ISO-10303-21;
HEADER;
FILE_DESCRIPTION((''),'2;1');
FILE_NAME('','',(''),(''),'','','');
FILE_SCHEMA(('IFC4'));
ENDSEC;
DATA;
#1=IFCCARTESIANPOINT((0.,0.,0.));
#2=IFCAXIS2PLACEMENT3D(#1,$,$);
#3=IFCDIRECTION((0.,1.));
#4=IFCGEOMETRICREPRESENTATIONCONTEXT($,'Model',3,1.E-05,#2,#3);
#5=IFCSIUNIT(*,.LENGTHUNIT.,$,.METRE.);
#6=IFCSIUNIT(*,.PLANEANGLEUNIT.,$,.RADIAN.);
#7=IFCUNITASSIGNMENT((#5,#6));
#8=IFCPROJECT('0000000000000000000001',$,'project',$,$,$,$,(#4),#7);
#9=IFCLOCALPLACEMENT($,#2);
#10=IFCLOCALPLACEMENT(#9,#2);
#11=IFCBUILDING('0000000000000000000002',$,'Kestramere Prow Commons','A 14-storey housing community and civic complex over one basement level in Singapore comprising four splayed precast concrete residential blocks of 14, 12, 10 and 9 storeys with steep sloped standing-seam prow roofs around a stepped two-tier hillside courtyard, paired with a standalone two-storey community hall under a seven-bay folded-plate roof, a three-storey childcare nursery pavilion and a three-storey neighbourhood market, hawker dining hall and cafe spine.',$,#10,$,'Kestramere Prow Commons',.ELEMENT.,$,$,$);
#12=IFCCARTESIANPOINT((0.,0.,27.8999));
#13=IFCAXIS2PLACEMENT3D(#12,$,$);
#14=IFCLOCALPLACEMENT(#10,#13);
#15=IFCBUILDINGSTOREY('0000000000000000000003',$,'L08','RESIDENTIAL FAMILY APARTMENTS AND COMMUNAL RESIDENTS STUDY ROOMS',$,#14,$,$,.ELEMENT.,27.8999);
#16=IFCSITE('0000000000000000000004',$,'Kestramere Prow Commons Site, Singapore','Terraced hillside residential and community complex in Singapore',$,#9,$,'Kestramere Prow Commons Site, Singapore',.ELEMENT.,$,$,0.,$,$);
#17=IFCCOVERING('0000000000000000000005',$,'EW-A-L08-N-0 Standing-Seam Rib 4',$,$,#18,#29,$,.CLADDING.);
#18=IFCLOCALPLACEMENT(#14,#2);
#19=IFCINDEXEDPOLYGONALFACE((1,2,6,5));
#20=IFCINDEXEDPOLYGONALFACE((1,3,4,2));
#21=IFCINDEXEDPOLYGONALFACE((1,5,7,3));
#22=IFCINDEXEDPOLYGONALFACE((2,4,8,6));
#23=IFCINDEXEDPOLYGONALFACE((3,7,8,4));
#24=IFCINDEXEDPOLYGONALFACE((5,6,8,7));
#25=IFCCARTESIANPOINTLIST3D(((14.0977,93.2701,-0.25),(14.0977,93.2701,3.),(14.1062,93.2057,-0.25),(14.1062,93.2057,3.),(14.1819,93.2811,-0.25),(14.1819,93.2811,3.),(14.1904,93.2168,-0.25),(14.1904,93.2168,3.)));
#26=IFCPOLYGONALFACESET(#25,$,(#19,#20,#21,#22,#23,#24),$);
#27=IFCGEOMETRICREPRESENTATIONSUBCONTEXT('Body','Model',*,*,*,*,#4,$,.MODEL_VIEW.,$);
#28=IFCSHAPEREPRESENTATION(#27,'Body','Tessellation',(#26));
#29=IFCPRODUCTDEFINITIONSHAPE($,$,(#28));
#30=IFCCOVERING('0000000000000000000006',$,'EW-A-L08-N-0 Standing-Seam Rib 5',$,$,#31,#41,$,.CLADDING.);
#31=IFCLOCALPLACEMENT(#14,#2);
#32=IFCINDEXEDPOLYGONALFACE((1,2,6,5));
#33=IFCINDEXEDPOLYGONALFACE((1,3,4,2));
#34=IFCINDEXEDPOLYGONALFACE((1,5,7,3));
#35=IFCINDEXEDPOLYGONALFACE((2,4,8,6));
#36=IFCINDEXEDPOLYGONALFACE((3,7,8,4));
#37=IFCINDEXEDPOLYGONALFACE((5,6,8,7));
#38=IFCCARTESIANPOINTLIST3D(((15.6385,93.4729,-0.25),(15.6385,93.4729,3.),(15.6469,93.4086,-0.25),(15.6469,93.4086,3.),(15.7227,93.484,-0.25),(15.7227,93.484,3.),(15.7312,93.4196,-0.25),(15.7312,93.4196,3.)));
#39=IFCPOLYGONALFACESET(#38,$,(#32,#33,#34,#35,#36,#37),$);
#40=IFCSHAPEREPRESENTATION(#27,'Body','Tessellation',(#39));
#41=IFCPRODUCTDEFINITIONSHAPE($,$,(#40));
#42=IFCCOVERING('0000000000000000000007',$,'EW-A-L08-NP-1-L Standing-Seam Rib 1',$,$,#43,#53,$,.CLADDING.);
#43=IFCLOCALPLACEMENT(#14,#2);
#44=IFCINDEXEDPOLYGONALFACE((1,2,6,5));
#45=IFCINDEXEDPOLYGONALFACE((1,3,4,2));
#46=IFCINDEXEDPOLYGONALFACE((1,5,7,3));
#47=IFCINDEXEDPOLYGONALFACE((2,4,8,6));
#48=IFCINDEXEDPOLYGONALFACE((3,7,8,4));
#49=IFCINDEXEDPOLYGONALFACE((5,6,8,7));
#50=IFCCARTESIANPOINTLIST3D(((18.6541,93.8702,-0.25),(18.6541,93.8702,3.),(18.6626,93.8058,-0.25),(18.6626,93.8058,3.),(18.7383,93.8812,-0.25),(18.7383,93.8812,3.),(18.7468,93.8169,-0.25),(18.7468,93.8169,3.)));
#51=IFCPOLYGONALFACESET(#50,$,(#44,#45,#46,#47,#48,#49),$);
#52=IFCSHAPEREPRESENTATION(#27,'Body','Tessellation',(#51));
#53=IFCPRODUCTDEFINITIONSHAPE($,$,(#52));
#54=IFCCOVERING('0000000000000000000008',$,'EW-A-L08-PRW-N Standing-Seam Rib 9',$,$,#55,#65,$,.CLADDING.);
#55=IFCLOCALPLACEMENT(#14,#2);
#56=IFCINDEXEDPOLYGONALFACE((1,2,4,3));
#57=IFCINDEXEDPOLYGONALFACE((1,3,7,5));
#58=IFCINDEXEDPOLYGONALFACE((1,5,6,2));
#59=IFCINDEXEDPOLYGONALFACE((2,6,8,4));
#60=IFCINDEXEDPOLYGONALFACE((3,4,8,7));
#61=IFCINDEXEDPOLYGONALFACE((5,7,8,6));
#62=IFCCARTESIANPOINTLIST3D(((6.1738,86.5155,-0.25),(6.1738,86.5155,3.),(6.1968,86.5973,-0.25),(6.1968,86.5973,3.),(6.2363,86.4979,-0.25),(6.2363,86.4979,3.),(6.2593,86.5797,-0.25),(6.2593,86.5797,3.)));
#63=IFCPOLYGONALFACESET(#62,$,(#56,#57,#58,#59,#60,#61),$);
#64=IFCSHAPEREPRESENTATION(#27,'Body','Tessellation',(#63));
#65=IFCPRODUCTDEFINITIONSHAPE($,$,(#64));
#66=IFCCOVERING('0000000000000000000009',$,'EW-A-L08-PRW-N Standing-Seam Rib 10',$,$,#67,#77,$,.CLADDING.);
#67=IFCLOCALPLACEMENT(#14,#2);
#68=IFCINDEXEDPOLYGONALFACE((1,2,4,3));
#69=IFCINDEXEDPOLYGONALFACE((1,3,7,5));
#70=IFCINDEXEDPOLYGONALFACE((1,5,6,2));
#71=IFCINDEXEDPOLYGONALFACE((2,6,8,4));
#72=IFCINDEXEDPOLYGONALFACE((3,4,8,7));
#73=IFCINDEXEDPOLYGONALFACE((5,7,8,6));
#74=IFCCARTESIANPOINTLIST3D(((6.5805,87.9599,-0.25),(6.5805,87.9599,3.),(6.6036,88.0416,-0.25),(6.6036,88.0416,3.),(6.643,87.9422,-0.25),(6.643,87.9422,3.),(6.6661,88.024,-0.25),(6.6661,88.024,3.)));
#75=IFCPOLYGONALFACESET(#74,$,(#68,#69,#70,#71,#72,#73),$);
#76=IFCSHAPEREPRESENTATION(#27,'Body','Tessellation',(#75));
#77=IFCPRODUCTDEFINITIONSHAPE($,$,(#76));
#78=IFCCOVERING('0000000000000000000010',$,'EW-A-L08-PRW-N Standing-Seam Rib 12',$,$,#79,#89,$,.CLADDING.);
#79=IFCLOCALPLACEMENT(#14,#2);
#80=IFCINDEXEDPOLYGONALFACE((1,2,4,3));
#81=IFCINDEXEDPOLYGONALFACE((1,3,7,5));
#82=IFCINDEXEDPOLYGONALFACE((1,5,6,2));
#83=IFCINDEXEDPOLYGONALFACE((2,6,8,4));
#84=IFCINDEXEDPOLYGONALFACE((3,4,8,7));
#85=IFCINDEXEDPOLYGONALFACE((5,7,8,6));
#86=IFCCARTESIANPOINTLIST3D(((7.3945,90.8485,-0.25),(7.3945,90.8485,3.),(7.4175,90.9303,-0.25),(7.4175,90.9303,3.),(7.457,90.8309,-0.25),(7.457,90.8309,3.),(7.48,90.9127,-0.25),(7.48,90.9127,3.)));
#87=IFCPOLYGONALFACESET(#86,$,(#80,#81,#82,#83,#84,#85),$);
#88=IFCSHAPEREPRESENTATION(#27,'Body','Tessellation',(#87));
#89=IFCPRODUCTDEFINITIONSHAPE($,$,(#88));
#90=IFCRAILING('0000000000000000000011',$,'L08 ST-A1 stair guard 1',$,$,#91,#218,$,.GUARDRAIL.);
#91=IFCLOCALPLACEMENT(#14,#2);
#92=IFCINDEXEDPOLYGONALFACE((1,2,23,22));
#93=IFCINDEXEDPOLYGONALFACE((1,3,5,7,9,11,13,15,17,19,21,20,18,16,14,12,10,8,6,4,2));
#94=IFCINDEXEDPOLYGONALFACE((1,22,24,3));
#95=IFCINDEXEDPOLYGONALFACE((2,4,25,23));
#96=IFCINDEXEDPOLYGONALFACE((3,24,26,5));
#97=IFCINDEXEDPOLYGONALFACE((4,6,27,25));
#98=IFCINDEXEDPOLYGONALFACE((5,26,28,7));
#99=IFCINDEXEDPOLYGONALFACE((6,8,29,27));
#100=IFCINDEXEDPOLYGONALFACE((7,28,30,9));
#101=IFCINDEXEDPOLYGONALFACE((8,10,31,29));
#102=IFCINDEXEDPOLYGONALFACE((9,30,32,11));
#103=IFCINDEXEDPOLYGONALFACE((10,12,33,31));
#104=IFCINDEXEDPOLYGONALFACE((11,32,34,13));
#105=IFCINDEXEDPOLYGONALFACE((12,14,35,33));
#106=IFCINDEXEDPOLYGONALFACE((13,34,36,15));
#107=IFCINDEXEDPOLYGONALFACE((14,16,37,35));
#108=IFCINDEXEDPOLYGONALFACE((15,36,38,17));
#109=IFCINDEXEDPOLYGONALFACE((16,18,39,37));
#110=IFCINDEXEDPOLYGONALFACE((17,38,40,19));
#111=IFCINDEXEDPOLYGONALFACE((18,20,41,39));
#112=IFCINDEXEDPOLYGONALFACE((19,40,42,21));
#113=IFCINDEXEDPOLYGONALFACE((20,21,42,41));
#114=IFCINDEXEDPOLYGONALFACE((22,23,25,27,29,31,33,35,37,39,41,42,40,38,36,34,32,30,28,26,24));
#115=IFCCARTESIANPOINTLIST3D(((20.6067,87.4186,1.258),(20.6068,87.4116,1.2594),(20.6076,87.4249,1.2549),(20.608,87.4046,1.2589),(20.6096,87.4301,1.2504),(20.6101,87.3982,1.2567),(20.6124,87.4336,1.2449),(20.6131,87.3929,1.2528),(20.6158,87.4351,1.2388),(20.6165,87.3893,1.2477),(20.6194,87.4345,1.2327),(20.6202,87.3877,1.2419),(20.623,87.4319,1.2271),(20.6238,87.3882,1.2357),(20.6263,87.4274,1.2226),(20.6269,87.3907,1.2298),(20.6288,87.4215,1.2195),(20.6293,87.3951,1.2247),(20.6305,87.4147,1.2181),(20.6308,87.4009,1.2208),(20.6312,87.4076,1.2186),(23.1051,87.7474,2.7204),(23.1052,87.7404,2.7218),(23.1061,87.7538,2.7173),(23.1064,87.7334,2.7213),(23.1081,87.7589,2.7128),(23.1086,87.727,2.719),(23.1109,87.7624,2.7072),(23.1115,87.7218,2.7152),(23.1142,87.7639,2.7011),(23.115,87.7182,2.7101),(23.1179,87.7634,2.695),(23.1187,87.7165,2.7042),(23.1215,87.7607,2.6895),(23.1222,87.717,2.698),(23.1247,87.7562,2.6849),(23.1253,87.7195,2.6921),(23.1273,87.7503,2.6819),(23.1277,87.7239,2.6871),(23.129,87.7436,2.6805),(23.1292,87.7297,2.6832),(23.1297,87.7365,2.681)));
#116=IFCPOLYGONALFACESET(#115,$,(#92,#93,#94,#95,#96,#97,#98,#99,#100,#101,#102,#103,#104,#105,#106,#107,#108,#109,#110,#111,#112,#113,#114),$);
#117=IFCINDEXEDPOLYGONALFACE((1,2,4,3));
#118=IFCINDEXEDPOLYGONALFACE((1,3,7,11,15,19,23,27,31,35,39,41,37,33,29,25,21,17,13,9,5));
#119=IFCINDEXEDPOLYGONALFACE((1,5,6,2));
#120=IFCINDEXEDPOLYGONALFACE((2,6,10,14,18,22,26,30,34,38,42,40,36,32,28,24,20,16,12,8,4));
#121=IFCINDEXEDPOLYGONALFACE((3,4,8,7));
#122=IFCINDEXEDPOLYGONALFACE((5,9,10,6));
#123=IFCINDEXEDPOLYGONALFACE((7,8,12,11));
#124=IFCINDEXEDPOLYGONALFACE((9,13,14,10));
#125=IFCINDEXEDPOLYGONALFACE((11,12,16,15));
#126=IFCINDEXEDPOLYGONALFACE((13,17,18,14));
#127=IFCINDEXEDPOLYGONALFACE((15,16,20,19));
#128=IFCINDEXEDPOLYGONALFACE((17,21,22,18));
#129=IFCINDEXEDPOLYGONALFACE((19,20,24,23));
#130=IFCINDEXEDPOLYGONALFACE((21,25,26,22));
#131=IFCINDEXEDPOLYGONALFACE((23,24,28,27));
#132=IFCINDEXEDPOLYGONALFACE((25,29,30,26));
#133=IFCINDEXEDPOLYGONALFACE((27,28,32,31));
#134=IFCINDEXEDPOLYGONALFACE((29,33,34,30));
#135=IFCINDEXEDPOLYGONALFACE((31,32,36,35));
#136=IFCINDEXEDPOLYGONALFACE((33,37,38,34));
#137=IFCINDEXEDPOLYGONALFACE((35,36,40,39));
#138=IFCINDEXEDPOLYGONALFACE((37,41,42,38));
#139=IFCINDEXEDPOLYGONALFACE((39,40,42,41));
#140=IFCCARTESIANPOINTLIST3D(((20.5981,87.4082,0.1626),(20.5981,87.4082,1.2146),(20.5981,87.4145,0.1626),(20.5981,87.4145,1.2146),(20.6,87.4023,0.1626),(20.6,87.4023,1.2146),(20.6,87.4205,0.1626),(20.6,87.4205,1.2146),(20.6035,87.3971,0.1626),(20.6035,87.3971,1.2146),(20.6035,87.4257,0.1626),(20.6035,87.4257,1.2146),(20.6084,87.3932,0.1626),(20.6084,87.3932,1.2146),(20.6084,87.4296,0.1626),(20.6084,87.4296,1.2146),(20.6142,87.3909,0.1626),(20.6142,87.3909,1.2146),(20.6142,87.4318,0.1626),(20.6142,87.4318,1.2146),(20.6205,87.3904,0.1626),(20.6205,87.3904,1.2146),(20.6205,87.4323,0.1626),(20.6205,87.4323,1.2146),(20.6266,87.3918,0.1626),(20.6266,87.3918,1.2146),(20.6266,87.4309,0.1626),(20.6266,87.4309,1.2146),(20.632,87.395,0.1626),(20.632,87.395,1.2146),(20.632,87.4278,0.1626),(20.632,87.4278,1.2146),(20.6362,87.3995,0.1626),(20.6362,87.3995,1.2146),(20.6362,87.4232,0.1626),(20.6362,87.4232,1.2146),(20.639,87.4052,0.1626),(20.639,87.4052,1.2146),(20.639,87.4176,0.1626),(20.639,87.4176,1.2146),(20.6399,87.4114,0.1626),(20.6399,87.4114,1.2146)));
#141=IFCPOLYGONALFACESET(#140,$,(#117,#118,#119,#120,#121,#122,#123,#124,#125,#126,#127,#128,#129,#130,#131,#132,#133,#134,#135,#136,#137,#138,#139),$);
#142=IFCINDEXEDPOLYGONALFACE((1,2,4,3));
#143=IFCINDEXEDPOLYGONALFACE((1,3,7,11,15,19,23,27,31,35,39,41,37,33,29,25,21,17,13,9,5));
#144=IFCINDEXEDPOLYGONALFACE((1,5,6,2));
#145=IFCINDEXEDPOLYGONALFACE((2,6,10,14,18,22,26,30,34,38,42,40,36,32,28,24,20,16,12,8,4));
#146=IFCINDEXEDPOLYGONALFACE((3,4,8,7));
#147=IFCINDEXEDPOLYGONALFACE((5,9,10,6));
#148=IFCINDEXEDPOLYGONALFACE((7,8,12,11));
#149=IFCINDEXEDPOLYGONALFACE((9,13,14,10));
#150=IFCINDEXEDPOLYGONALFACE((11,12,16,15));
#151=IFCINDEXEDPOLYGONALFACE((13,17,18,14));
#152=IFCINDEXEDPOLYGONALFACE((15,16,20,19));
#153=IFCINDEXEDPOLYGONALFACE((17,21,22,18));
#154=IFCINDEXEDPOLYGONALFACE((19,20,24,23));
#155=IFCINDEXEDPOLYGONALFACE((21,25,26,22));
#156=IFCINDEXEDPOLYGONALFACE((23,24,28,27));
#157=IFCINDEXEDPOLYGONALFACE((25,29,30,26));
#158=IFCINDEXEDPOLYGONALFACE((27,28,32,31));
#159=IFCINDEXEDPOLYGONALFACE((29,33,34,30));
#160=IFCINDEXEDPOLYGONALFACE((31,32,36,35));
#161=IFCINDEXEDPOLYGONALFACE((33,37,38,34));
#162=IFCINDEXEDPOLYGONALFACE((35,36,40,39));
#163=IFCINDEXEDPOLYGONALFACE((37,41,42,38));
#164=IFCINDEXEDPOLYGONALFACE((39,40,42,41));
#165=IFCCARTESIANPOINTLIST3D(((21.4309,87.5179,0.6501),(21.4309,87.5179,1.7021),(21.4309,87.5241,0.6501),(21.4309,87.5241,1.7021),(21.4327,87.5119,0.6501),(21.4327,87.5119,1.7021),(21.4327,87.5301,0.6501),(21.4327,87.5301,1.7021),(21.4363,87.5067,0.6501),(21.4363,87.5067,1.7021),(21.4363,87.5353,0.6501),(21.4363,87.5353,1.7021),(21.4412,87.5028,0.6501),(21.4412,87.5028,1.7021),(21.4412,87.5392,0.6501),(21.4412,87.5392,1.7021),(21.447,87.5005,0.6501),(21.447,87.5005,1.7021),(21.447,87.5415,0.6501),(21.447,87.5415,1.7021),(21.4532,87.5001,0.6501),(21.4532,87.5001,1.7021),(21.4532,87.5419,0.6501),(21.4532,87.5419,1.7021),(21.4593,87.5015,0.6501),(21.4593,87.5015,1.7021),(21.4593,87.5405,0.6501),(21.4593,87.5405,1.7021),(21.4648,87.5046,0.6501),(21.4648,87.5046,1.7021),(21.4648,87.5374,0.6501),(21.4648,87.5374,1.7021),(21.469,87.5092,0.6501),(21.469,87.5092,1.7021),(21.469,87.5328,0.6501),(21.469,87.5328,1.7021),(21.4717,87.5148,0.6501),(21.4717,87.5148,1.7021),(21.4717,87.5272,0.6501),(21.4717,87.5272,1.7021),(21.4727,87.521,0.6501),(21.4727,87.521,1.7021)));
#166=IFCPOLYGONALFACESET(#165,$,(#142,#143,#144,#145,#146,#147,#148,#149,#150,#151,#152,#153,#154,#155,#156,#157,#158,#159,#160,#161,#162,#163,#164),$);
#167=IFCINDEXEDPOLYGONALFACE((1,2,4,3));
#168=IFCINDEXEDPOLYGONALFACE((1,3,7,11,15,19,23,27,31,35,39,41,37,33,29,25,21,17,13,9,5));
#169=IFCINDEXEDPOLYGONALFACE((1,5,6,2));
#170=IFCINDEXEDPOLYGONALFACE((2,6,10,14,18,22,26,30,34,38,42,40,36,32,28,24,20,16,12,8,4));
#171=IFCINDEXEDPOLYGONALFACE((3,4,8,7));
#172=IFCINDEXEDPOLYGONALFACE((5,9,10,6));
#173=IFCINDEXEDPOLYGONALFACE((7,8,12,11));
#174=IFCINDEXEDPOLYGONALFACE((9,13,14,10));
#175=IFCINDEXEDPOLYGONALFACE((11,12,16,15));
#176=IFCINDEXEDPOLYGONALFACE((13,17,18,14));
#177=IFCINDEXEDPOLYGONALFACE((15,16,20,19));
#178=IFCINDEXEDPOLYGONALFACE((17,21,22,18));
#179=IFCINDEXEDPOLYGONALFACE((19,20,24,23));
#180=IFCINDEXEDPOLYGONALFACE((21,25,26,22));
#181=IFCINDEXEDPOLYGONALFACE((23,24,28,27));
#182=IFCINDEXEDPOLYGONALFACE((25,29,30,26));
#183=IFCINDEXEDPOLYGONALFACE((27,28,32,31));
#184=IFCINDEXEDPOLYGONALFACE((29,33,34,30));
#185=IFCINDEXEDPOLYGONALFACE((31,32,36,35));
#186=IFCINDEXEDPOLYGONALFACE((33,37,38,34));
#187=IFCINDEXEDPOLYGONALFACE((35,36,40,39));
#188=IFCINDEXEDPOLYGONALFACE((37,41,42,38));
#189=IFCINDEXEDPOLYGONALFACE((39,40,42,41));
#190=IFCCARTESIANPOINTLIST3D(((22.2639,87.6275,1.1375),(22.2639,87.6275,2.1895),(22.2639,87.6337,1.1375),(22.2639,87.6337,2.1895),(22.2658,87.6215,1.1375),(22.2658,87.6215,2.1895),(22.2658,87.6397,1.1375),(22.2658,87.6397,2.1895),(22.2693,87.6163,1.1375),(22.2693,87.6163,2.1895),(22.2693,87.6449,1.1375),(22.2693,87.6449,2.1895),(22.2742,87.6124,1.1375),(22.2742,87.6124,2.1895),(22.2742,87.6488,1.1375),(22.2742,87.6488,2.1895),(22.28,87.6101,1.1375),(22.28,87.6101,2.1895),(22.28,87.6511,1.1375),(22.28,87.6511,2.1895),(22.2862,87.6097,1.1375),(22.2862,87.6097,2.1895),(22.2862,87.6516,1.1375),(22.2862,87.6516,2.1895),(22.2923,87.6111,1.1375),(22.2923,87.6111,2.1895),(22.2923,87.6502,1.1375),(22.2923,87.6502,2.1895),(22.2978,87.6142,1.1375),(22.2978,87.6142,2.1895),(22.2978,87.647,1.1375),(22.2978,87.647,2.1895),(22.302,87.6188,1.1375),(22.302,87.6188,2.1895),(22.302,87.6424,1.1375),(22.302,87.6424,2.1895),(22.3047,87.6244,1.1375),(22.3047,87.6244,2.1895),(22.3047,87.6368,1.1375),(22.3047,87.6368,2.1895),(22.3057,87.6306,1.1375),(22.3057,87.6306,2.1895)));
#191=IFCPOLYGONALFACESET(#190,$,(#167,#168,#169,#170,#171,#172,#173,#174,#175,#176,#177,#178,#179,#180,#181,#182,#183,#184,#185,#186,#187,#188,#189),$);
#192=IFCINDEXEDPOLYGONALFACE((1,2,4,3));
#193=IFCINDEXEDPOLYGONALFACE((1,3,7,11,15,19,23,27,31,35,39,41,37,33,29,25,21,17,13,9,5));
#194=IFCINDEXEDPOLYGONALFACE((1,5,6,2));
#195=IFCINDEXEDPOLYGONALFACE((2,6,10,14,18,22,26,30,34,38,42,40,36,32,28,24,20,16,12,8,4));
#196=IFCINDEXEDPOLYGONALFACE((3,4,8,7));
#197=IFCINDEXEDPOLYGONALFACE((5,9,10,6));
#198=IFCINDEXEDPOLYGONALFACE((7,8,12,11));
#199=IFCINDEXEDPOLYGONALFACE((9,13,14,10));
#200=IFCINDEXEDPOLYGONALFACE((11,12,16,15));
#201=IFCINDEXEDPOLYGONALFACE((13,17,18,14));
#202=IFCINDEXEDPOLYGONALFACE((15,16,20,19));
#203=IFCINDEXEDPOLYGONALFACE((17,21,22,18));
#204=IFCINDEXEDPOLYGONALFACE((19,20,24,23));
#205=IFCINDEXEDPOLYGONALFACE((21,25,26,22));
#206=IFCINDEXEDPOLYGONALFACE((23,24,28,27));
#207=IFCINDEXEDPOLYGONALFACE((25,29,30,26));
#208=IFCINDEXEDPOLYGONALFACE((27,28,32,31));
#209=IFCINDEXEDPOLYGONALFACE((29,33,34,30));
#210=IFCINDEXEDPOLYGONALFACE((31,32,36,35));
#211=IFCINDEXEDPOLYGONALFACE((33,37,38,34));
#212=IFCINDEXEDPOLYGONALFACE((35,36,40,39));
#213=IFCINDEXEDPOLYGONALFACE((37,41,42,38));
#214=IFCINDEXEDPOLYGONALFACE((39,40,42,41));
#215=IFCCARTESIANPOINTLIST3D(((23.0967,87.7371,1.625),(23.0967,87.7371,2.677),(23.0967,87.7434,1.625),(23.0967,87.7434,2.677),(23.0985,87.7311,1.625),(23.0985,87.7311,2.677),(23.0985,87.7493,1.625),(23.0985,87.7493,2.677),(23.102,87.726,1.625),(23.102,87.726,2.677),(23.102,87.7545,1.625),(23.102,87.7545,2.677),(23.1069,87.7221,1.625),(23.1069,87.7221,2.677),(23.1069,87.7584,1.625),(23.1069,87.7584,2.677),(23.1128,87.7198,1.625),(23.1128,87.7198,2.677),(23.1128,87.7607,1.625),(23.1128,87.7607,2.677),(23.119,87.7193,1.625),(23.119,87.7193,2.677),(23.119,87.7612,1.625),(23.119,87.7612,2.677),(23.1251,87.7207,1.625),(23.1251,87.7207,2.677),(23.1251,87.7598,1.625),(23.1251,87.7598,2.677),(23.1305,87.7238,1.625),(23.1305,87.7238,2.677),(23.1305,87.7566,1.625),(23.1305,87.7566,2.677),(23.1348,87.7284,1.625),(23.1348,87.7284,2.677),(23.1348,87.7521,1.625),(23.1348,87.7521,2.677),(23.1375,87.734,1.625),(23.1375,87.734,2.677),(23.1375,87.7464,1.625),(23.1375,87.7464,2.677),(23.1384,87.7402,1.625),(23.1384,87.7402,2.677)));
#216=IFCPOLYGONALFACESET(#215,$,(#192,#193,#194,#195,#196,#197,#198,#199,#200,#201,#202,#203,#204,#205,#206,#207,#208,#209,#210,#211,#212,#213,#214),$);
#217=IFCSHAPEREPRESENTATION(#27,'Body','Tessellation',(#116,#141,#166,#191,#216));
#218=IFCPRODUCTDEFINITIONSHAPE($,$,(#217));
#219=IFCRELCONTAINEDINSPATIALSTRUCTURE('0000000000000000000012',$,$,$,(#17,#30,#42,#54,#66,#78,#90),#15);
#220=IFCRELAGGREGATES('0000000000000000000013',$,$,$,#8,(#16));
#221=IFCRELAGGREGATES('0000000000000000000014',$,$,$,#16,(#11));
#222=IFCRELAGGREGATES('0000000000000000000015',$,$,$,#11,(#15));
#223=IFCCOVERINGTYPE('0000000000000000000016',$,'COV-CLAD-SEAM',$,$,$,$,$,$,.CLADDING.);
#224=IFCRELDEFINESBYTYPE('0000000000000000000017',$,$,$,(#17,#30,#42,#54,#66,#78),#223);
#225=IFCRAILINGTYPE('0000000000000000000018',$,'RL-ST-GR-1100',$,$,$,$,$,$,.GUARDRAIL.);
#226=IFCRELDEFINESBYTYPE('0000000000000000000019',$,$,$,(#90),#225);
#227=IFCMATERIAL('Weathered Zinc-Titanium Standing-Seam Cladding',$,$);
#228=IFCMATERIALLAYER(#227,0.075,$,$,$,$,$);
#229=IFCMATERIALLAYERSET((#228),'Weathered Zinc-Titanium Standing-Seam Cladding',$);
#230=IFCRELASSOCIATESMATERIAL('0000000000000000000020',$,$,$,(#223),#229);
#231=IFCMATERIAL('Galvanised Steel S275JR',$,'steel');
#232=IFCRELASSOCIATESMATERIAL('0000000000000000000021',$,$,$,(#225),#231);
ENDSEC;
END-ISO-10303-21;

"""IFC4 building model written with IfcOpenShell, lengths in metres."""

from ifc_helpers import new_model, si_unit, direction, frame, origin, origin_2d, place, context, subcontext, project, spatial, rectangle, circle, extrude, material, layer, layer_set, type_object, element, save


model = new_model("IFC4")

# Units and contexts
model_context = context("Model", 3, precision=1e-05, world=origin(), true_north=direction((0.0, 1.0)))
body_context = subcontext(model_context, "Body", "Model", "MODEL_VIEW")
ifc_project = project(units=[si_unit("LENGTHUNIT", "METRE"), si_unit("PLANEANGLEUNIT", "RADIAN")], contexts=[model_context])

# Site, building, storey
site_placement = place(None, origin())
site = spatial("IfcSite", under=ifc_project, at=site_placement, Name="Kestramere Prow Commons Site, Singapore", Description="Terraced hillside residential and community complex in Singapore", LongName="Kestramere Prow Commons Site, Singapore", CompositionType="ELEMENT", RefElevation=0.0)
building_placement = place(site_placement, origin())
building = spatial("IfcBuilding", under=site, at=building_placement, Name="Kestramere Prow Commons", Description="A 14-storey housing community and civic complex over one basement level in Singapore comprising four splayed precast concrete residential blocks of 14, 12, 10 and 9 storeys with steep sloped standing-seam prow roofs around a stepped two-tier hillside courtyard, paired with a standalone two-storey community hall under a seven-bay folded-plate roof, a three-storey childcare nursery pavilion and a three-storey neighbourhood market, hawker dining hall and cafe spine.", LongName="Kestramere Prow Commons", CompositionType="ELEMENT")
storey_placement = place(building_placement, frame((0.0, 0.0, 27.8999)))
storey = spatial("IfcBuildingStorey", under=building, at=storey_placement, Name="L08", Description="RESIDENTIAL FAMILY APARTMENTS AND COMMUNAL RESIDENTS STUDY ROOMS", CompositionType="ELEMENT", Elevation=27.8999)

# Coverings
ifc_material_1 = material(Name="Weathered Zinc-Titanium Standing-Seam Cladding")
ifc_layer_1 = layer(ifc_material_1, 0.075)
ifc_layer_set_1 = layer_set([ifc_layer_1], Name="Weathered Zinc-Titanium Standing-Seam Cladding")
covering_type = type_object("IfcCoveringType", Name="COV-CLAD-SEAM", PredefinedType="CLADDING", material=ifc_layer_set_1)
for number, where, z_axis, x_axis, name in (
    (1, (14.144, 93.2434, -0.25), (0.0, 0.0, 1.0), (0.991445, 0.130526, 0.0), "EW-A-L08-N-0 Standing-Seam Rib 4"),
    (2, (15.6848, 93.4463, -0.25), (0.0, 0.0, 1.0), (0.991445, 0.130526, 0.0), "EW-A-L08-N-0 Standing-Seam Rib 5"),
    (3, (18.7004, 93.8435, -0.25), (0.0, 0.0, 1.0), (0.991445, 0.130526, 0.0), "EW-A-L08-NP-1-L Standing-Seam Rib 1"),
    (4, (6.2166, 86.5476, -0.25), (0.0, 0.0, 1.0), (0.27116, 0.962534, 0.0), "EW-A-L08-PRW-N Standing-Seam Rib 9"),
    (5, (6.6233, 87.9919, -0.25), (0.0, 0.0, 1.0), (0.27116, 0.962534, 0.0), "EW-A-L08-PRW-N Standing-Seam Rib 10"),
    (6, (7.4373, 90.8806, -0.25), (0.0, 0.0, 1.0), (0.27116, 0.962534, 0.0), "EW-A-L08-PRW-N Standing-Seam Rib 12"),
):
    element("IfcCovering", number, at=place(storey_placement, frame(where, z_axis=z_axis, x_axis=x_axis)), inside=storey, type_object=covering_type, Name=name, PredefinedType="CLADDING", context=body_context, shape_type="SweptSolid", body=[
        extrude(rectangle(XDim=0.085, YDim=0.0649, at=origin_2d()), origin(), (0.0, 0.0, 1.0), 3.25),
    ])

# Railing
ifc_material_2 = material(Name="Galvanised Steel S275JR", Category="steel")
railing_type_1 = type_object("IfcRailingType", Name="RL-ST-GR-1100", PredefinedType="GUARDRAIL", material=ifc_material_2)
railing_1_placement = place(storey_placement, frame((20.6189, 87.4114, 0.1626)))
element("IfcRailing", 7, at=railing_1_placement, inside=storey, type_object=railing_type_1, Name="L08 ST-A1 stair guard 1", PredefinedType="GUARDRAIL", context=body_context, shape_type="SweptSolid", body=[
    extrude(circle(Radius=0.0239, at=origin_2d()), frame((0.0, 0.0, 1.0762), z_axis=(0.857523, 0.112867, 0.501912), x_axis=(-0.130495, 0.991449, 0.0)), (0.0, 0.0, 1.0), 2.9136),
    extrude(circle(Radius=0.021, at=origin_2d()), origin(), (0.0, 0.0, 1.0), 1.052),
    extrude(circle(Radius=0.021, at=origin_2d()), frame((0.8328, 0.1096, 0.4875)), (0.0, 0.0, 1.0), 1.052),
    extrude(circle(Radius=0.021, at=origin_2d()), frame((1.6658, 0.2192, 0.9749)), (0.0, 0.0, 1.0), 1.052),
    extrude(circle(Radius=0.021, at=origin_2d()), frame((2.4985, 0.3289, 1.4624)), (0.0, 0.0, 1.0), 1.052),
])

save(model, "model.ifc")
